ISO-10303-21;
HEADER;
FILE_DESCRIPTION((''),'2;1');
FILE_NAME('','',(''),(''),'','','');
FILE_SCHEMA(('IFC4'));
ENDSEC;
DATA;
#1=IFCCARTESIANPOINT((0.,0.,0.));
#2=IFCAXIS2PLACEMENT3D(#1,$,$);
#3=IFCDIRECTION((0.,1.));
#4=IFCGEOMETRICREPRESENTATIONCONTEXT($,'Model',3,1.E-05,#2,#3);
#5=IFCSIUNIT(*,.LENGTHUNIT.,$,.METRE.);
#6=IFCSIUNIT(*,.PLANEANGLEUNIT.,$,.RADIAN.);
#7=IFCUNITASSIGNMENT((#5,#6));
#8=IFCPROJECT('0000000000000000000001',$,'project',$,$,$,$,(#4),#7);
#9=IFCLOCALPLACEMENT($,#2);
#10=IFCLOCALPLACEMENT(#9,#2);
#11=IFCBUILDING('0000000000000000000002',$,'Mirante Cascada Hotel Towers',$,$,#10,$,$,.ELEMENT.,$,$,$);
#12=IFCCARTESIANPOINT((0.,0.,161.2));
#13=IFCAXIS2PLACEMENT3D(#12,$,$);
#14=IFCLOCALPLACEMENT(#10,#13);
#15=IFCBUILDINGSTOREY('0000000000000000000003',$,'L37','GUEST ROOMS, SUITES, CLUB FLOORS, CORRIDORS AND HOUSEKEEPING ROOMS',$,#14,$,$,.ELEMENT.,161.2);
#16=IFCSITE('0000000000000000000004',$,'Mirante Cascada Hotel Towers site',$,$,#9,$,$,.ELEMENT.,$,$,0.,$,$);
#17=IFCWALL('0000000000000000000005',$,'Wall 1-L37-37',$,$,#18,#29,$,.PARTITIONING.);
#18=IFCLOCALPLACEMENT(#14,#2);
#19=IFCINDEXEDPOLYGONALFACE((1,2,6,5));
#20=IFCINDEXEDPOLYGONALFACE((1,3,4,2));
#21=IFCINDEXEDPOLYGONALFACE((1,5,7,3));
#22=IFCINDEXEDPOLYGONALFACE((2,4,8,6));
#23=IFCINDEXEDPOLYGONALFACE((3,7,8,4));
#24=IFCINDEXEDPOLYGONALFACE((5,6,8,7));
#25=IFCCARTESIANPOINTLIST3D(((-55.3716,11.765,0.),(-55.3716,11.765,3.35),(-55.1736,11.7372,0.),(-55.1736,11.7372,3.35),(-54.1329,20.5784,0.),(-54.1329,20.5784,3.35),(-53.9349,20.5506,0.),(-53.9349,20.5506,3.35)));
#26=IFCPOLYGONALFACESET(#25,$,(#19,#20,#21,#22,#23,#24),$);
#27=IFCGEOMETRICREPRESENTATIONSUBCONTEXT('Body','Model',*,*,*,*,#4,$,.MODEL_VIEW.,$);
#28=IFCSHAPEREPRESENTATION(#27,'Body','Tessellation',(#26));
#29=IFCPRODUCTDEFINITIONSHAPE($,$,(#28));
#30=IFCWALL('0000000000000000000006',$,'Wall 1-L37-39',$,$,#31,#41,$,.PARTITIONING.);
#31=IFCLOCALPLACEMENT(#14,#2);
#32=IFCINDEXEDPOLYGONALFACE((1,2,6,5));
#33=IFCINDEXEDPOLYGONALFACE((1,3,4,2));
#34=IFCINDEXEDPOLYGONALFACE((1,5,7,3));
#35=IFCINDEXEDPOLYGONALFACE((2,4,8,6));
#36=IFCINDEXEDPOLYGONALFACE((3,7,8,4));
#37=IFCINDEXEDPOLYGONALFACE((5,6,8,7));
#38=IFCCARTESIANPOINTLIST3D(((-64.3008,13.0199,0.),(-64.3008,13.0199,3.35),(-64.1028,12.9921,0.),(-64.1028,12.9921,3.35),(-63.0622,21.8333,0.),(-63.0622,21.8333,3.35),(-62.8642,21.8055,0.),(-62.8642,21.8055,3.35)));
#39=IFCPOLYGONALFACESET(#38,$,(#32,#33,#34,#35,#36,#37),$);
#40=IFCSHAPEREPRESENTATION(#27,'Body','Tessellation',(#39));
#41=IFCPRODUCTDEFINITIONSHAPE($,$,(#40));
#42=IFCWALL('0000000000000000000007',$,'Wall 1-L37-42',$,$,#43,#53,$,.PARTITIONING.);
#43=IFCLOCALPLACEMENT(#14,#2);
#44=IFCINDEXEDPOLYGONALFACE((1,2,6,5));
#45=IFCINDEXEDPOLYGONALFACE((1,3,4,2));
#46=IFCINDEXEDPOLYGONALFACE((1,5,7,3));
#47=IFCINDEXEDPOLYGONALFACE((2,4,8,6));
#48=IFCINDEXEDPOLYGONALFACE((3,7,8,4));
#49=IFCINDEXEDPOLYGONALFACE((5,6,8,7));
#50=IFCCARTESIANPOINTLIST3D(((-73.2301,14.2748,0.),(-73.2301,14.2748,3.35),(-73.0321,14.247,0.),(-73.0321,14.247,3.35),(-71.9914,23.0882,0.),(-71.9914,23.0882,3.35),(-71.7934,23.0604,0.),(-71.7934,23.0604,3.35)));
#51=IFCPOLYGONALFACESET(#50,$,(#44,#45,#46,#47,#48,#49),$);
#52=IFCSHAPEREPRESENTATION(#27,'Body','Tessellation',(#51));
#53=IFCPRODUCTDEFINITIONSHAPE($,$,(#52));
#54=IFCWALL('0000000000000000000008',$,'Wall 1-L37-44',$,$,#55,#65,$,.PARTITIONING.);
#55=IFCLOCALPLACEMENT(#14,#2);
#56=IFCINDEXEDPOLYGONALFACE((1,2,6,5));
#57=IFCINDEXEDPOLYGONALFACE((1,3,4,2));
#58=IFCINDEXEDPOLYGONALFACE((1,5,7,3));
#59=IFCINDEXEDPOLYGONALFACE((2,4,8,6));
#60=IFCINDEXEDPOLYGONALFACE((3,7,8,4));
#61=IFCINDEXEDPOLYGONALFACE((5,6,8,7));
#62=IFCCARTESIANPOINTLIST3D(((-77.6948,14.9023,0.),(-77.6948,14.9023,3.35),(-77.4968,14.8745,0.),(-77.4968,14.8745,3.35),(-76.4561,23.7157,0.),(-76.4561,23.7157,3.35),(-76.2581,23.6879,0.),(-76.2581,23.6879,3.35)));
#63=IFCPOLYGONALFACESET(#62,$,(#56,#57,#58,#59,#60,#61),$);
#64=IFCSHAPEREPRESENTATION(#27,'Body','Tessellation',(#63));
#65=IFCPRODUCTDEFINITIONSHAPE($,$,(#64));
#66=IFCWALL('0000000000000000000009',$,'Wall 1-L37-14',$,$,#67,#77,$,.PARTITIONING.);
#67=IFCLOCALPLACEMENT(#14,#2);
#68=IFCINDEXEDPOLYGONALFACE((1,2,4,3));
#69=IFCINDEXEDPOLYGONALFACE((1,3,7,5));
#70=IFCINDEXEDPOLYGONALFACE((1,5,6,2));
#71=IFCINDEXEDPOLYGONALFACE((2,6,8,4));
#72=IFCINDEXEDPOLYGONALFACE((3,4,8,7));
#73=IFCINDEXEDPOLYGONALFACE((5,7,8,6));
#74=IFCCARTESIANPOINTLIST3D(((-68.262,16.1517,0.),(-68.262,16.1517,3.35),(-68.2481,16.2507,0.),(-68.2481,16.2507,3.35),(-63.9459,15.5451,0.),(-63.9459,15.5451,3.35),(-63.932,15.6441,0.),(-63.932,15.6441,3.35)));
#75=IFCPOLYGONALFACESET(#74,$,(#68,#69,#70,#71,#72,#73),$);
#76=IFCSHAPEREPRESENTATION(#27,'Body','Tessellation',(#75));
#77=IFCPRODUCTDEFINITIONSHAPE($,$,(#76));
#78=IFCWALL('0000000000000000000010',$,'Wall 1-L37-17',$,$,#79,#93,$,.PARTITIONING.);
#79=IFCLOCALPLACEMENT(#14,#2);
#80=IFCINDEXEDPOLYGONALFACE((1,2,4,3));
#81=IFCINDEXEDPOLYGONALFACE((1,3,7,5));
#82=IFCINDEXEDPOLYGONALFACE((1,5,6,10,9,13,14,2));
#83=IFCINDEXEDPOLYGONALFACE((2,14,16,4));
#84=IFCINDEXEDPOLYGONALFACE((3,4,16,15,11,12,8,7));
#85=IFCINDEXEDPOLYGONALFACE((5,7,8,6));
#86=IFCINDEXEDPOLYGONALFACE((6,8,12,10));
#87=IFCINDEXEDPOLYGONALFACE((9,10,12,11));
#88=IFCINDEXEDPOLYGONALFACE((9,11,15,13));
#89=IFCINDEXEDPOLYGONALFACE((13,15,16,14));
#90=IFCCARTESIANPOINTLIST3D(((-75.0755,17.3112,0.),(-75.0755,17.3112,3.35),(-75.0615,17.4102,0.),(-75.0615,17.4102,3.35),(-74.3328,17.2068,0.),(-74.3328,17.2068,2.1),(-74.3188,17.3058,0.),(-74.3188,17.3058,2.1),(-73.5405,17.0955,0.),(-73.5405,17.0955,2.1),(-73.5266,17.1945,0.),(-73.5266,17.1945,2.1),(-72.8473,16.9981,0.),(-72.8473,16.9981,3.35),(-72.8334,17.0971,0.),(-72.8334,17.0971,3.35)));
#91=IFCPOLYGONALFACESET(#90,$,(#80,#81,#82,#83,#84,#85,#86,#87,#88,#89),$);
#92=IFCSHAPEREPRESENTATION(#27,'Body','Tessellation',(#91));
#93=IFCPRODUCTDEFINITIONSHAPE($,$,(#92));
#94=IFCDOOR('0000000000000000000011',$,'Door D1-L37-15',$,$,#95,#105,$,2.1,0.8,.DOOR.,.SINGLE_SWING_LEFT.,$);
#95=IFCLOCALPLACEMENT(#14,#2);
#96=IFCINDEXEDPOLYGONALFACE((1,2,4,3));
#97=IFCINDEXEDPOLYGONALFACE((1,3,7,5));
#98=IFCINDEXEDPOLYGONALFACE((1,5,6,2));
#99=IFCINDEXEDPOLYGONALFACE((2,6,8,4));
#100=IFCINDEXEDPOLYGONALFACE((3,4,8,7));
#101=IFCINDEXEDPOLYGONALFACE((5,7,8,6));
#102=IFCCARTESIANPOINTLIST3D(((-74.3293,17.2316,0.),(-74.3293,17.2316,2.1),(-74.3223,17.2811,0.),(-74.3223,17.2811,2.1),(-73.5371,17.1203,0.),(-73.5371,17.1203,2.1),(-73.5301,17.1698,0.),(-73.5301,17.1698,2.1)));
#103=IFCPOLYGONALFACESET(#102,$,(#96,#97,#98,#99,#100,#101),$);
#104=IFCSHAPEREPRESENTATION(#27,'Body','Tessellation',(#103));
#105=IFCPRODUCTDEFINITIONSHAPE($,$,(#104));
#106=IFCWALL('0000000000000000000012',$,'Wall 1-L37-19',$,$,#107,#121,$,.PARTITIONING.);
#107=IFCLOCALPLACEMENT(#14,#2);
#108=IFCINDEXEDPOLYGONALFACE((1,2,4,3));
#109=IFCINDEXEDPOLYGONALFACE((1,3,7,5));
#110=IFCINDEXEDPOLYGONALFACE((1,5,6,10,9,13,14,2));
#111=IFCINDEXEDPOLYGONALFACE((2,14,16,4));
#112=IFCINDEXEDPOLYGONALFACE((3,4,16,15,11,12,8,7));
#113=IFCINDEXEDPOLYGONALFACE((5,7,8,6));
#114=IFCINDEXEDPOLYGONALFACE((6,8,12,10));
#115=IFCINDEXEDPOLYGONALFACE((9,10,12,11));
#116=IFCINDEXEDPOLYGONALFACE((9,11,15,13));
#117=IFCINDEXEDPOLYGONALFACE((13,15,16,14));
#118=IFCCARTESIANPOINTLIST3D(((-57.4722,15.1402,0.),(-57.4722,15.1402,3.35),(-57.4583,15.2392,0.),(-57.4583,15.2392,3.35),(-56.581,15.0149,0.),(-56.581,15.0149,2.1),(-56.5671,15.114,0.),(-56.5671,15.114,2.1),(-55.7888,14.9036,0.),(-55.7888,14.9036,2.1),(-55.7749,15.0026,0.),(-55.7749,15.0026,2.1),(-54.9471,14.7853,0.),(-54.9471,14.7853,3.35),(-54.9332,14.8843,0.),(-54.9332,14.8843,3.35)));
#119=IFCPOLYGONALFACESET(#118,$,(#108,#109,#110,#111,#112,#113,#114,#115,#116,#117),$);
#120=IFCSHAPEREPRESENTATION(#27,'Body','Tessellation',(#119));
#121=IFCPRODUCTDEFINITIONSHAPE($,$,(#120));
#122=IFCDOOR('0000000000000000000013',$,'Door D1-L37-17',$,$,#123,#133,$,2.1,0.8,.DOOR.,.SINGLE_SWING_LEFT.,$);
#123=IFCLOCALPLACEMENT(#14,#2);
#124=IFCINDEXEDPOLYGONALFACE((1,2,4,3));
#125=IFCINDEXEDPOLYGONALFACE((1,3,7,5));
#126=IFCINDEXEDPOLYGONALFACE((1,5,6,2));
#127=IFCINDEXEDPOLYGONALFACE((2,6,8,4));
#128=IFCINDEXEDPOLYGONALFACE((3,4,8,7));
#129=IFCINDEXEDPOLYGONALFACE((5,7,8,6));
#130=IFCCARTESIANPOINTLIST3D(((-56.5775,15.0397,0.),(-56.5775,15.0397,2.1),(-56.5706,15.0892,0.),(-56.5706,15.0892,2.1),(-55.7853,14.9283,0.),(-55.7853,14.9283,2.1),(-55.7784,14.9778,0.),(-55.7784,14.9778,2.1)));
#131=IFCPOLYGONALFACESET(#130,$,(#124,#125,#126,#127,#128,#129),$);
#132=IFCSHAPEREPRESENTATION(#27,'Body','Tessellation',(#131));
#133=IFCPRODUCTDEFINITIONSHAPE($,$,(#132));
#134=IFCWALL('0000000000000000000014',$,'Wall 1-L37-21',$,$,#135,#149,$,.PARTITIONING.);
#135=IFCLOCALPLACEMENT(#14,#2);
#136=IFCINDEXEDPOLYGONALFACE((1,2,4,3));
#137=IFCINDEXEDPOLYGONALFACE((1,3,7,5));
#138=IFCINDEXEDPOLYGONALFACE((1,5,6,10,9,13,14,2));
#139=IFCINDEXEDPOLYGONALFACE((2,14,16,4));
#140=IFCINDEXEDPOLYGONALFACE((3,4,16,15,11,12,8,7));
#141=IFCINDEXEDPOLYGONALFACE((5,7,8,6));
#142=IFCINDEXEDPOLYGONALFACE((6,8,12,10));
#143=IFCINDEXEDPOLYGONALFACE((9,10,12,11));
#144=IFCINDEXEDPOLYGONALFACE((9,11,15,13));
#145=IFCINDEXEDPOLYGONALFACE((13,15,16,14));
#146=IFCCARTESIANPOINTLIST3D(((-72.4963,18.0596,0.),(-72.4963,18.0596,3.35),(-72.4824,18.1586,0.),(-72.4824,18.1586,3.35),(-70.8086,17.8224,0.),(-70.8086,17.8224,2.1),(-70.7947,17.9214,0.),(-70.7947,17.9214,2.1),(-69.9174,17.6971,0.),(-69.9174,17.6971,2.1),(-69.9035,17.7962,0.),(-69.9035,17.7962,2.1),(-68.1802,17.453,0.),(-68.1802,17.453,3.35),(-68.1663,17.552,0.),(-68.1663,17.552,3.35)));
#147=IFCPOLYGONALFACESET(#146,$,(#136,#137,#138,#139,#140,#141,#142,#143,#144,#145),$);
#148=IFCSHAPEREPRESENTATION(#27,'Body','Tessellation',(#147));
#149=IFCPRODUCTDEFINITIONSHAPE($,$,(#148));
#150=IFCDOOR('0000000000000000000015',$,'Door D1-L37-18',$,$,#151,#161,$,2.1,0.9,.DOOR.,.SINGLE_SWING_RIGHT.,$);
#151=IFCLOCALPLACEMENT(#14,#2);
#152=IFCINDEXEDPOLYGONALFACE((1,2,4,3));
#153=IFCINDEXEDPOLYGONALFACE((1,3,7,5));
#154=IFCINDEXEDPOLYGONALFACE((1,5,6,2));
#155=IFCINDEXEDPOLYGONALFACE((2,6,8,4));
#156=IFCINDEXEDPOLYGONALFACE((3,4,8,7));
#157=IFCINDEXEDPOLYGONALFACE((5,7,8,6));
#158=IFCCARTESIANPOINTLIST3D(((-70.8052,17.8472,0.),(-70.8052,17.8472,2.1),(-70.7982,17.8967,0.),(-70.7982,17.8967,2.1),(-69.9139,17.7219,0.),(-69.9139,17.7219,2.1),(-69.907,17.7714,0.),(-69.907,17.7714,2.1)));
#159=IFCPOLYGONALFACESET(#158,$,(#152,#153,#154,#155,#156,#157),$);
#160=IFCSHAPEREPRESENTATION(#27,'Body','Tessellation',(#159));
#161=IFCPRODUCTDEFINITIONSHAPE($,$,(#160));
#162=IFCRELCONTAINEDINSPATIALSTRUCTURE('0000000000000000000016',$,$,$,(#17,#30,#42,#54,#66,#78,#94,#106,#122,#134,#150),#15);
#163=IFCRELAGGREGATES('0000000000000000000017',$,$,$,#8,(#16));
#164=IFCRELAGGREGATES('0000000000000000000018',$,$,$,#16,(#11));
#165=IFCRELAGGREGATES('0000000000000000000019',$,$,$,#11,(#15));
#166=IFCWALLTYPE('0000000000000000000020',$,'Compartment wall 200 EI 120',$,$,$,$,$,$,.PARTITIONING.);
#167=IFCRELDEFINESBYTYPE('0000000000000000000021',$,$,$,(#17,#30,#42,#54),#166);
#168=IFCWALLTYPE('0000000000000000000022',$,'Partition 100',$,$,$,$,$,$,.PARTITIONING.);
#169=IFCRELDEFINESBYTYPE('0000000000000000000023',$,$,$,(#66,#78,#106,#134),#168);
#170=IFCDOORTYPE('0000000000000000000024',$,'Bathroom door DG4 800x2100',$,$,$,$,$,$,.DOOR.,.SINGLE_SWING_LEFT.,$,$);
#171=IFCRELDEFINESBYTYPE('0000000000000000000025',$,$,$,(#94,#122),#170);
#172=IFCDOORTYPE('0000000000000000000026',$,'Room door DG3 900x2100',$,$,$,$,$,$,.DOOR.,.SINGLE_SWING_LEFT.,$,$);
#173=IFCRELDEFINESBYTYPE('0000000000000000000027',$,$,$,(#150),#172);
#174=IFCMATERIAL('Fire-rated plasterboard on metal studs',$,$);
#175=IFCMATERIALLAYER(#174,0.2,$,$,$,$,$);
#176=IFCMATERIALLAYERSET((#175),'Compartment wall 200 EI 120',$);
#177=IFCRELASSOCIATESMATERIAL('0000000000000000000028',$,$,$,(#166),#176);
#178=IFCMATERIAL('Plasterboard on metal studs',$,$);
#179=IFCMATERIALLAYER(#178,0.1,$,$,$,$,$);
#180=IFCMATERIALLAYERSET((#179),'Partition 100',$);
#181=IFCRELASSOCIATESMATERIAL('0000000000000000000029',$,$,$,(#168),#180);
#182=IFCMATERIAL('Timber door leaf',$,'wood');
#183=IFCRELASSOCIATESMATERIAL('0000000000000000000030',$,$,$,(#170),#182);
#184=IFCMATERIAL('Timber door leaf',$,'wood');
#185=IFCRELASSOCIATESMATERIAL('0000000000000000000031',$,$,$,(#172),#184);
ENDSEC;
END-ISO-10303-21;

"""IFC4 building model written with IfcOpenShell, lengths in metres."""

from ifc_helpers import new_model, si_unit, direction, frame, frame_2d, origin, place, context, subcontext, project, spatial, rectangle, extrude, material, layer, layer_set, type_object, element, fill, save


model = new_model("IFC4")

# Units and contexts
model_context = context("Model", 3, precision=1e-05, world=origin(), true_north=direction((0.0, 1.0)))
body_context = subcontext(model_context, "Body", "Model", "MODEL_VIEW")
ifc_project = project(units=[si_unit("LENGTHUNIT", "METRE"), si_unit("PLANEANGLEUNIT", "RADIAN")], contexts=[model_context])

# Site, building, storey
site_placement = place(None, origin())
site = spatial("IfcSite", under=ifc_project, at=site_placement, Name="Mirante Cascada Hotel Towers site", CompositionType="ELEMENT", RefElevation=0.0)
building_placement = place(site_placement, origin())
building = spatial("IfcBuilding", under=site, at=building_placement, Name="Mirante Cascada Hotel Towers", CompositionType="ELEMENT")
storey_placement = place(building_placement, frame((0.0, 0.0, 161.2)))
storey = spatial("IfcBuildingStorey", under=building, at=storey_placement, Name="L37", Description="GUEST ROOMS, SUITES, CLUB FLOORS, CORRIDORS AND HOUSEKEEPING ROOMS", CompositionType="ELEMENT", Elevation=161.2)

# Walls
ifc_material_1 = material(Name="Fire-rated plasterboard on metal studs")
ifc_layer_1 = layer(ifc_material_1, 0.2)
ifc_layer_set_1 = layer_set([ifc_layer_1], Name="Compartment wall 200 EI 120")
wall_type_1 = type_object("IfcWallType", Name="Compartment wall 200 EI 120", PredefinedType="PARTITIONING", material=ifc_layer_set_1)
for number, where, z_axis, x_axis, name in (
    (1, (-54.0339, 20.5645, 0.0), (0.0, 0.0, 1.0), (-0.139179, -0.990267, 0.0), "Wall 1-L37-37"),
    (2, (-62.9632, 21.8194, 0.0), (0.0, 0.0, 1.0), (-0.139168, -0.990269, 0.0), "Wall 1-L37-39"),
    (3, (-73.1311, 14.2609, 0.0), (0.0, 0.0, 1.0), (0.139179, 0.990267, 0.0), "Wall 1-L37-42"),
    (4, (-77.5958, 14.8884, 0.0), (0.0, 0.0, 1.0), (0.139179, 0.990267, 0.0), "Wall 1-L37-44"),
):
    element("IfcWall", number, at=place(storey_placement, frame(where, z_axis=z_axis, x_axis=x_axis)), inside=storey, type_object=wall_type_1, Name=name, PredefinedType="PARTITIONING", context=body_context, shape_type="SweptSolid", body=[
        extrude(rectangle(XDim=8.9, YDim=0.2, at=frame_2d((4.45, 0.0))), origin(), (0.0, 0.0, 1.0), 3.35),
    ])
ifc_material_2 = material(Name="Plasterboard on metal studs")
ifc_layer_2 = layer(ifc_material_2, 0.1)
ifc_layer_set_2 = layer_set([ifc_layer_2], Name="Partition 100")
wall_type_2 = type_object("IfcWallType", Name="Partition 100", PredefinedType="PARTITIONING", material=ifc_layer_set_2)
wall_1_placement = place(storey_placement, frame((-63.939, 15.5946, 0.0), z_axis=(0.0, 0.0, 1.0), x_axis=(-0.990268, 0.139176, 0.0)))
element("IfcWall", 5, at=wall_1_placement, inside=storey, type_object=wall_type_2, Name="Wall 1-L37-14", PredefinedType="PARTITIONING", context=body_context, shape_type="SweptSolid", body=[
    extrude(rectangle(XDim=4.3585, YDim=0.1, at=frame_2d((2.1792, 0.0))), origin(), (0.0, 0.0, 1.0), 3.35),
])

# Walls, openings, doors
wall_2_placement = place(storey_placement, frame((-75.0685, 17.3607, 0.0), z_axis=(0.0, 0.0, 1.0), x_axis=(0.990271, -0.139156, 0.0)))
wall_2 = element("IfcWall", 6, at=wall_2_placement, inside=storey, type_object=wall_type_2, Name="Wall 1-L37-17", PredefinedType="PARTITIONING", context=body_context, shape_type="SweptSolid", body=[
    extrude(rectangle(XDim=2.25, YDim=0.1, at=frame_2d((1.125, 0.0))), origin(), (0.0, 0.0, 1.0), 3.35),
])
opening_1_placement = place(wall_2_placement, frame((0.75, 0.0, 0.0)))
opening_1 = element("IfcOpeningElement", 7, at=opening_1_placement, cuts=wall_2, PredefinedType="OPENING", context=body_context, shape_type="SweptSolid", body=[
    extrude(rectangle(XDim=0.8, YDim=2.1, at=frame_2d((0.4, 1.05))), frame((0.0, 0.05, 0.0), z_axis=(0.0, -1.0, 0.0), x_axis=(1.0, 0.0, 0.0)), (0.0, 0.0, 1.0), 0.1),
])
ifc_material_3 = material(Name="Timber door leaf", Category="wood")
door_type_1 = type_object("IfcDoorType", Name="Bathroom door DG4 800x2100", OperationType="SINGLE_SWING_LEFT", PredefinedType="DOOR", material=ifc_material_3)
door_1_placement = place(opening_1_placement, origin())
door_1 = element("IfcDoor", 8, at=door_1_placement, inside=storey, type_object=door_type_1, Name="Door D1-L37-15", OperationType="SINGLE_SWING_LEFT", OverallHeight=2.1, OverallWidth=0.8, PredefinedType="DOOR", context=body_context, shape_type="SweptSolid", body=[
    extrude(rectangle(XDim=0.8, YDim=2.1, at=frame_2d((0.4, 1.05))), frame((0.0, 0.025, 0.0), z_axis=(0.0, -1.0, 0.0), x_axis=(1.0, 0.0, 0.0)), (0.0, 0.0, 1.0), 0.05),
])
fill(opening_1, door_1)
wall_3_placement = place(storey_placement, frame((-57.4653, 15.1897, 0.0), z_axis=(0.0, 0.0, 1.0), x_axis=(0.990267, -0.139181, 0.0)))
wall_3 = element("IfcWall", 9, at=wall_3_placement, inside=storey, type_object=wall_type_2, Name="Wall 1-L37-19", PredefinedType="PARTITIONING", context=body_context, shape_type="SweptSolid", body=[
    extrude(rectangle(XDim=2.5499, YDim=0.1, at=frame_2d((1.275, 0.0))), origin(), (0.0, 0.0, 1.0), 3.35),
])
opening_2_placement = place(wall_3_placement, frame((0.9, 0.0, 0.0)))
opening_2 = element("IfcOpeningElement", 10, at=opening_2_placement, cuts=wall_3, PredefinedType="OPENING", context=body_context, shape_type="SweptSolid", body=[
    extrude(rectangle(XDim=0.8, YDim=2.1, at=frame_2d((0.4, 1.05))), frame((0.0, 0.05, 0.0), z_axis=(0.0, -1.0, 0.0), x_axis=(1.0, 0.0, 0.0)), (0.0, 0.0, 1.0), 0.1),
])
door_2_placement = place(opening_2_placement, origin())
door_2 = element("IfcDoor", 11, at=door_2_placement, inside=storey, type_object=door_type_1, Name="Door D1-L37-17", OperationType="SINGLE_SWING_LEFT", OverallHeight=2.1, OverallWidth=0.8, PredefinedType="DOOR", context=body_context, shape_type="SweptSolid", body=[
    extrude(rectangle(XDim=0.8, YDim=2.1, at=frame_2d((0.4, 1.05))), frame((0.0, 0.025, 0.0), z_axis=(0.0, -1.0, 0.0), x_axis=(1.0, 0.0, 0.0)), (0.0, 0.0, 1.0), 0.05),
])
fill(opening_2, door_2)
wall_4_placement = place(storey_placement, frame((-72.4893, 18.1091, 0.0), z_axis=(0.0, 0.0, 1.0), x_axis=(0.990268, -0.139176, 0.0)))
wall_4 = element("IfcWall", 12, at=wall_4_placement, inside=storey, type_object=wall_type_2, Name="Wall 1-L37-21", PredefinedType="PARTITIONING", context=body_context, shape_type="SweptSolid", body=[
    extrude(rectangle(XDim=4.3585, YDim=0.1, at=frame_2d((2.1792, 0.0))), origin(), (0.0, 0.0, 1.0), 3.35),
])
opening_3_placement = place(wall_4_placement, frame((1.7042, 0.0, 0.0)))
opening_3 = element("IfcOpeningElement", 13, at=opening_3_placement, cuts=wall_4, PredefinedType="OPENING", context=body_context, shape_type="SweptSolid", body=[
    extrude(rectangle(XDim=0.9, YDim=2.1, at=frame_2d((0.45, 1.05))), frame((0.0, 0.05, 0.0), z_axis=(0.0, -1.0, 0.0), x_axis=(1.0, 0.0, 0.0)), (0.0, 0.0, 1.0), 0.1),
])
ifc_material_4 = material(Name="Timber door leaf", Category="wood")
door_type_2 = type_object("IfcDoorType", Name="Room door DG3 900x2100", OperationType="SINGLE_SWING_LEFT", PredefinedType="DOOR", material=ifc_material_4)
door_3_placement = place(opening_3_placement, frame((0.9, 0.0, 0.0), z_axis=(0.0, 0.0, 1.0), x_axis=(-1.0, 0.0, 0.0)))
door_3 = element("IfcDoor", 14, at=door_3_placement, inside=storey, type_object=door_type_2, Name="Door D1-L37-18", OperationType="SINGLE_SWING_RIGHT", OverallHeight=2.1, OverallWidth=0.9, PredefinedType="DOOR", context=body_context, shape_type="SweptSolid", body=[
    extrude(rectangle(XDim=0.9, YDim=2.1, at=frame_2d((0.45, 1.05))), frame((0.0, 0.025, 0.0), z_axis=(0.0, -1.0, 0.0), x_axis=(1.0, 0.0, 0.0)), (0.0, 0.0, 1.0), 0.05),
])
fill(opening_3, door_3)

save(model, "model.ifc")
